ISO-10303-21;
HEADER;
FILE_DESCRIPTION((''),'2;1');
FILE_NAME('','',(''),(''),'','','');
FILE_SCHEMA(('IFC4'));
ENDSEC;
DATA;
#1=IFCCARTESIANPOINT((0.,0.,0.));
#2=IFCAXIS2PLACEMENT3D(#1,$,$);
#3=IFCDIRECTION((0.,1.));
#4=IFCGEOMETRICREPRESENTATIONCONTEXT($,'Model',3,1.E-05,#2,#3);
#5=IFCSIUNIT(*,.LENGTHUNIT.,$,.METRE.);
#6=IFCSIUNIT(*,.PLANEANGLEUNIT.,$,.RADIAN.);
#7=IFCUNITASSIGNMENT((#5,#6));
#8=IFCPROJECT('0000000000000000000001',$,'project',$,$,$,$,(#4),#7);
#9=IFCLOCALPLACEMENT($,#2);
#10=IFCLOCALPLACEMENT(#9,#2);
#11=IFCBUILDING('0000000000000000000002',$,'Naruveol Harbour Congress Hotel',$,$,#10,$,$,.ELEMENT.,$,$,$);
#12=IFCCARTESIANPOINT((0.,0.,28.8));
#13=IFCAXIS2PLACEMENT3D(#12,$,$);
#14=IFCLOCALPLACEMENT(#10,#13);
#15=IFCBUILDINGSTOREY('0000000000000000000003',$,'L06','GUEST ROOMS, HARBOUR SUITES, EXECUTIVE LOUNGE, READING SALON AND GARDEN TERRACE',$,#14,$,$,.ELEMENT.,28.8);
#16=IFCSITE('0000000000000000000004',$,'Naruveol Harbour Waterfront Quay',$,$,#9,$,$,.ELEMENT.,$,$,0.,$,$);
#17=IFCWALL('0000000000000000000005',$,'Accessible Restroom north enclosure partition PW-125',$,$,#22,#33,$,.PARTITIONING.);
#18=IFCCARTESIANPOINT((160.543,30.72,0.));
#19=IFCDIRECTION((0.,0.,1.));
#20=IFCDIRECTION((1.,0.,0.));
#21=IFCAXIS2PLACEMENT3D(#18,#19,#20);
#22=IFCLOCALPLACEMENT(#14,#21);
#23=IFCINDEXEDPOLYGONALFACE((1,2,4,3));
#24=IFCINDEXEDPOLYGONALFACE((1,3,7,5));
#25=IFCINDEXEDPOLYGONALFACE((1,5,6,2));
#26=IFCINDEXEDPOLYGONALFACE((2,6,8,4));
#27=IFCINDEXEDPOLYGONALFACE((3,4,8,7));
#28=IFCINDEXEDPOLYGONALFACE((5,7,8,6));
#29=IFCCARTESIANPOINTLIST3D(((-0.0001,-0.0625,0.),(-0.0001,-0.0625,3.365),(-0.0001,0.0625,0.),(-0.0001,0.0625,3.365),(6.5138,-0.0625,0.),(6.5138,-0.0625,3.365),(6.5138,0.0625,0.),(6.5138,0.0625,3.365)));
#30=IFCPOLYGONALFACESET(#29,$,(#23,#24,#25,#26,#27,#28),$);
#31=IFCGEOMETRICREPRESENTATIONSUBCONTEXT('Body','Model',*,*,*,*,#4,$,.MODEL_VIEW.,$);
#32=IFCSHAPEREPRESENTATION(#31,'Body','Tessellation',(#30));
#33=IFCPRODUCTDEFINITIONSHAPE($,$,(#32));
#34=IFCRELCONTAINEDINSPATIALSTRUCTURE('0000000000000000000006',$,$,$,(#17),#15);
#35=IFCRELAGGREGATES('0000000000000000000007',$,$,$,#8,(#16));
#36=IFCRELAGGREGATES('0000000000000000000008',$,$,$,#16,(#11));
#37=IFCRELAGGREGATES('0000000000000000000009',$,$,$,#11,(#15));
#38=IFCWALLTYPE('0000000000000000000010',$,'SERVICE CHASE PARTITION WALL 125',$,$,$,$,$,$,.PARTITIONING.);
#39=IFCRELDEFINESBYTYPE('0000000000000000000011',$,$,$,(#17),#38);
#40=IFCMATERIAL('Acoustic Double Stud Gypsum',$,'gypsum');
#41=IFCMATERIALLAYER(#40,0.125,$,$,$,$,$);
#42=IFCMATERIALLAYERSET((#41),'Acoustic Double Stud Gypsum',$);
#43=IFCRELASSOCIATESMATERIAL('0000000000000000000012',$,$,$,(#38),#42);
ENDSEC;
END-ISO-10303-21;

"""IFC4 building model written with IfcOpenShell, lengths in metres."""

from ifc_helpers import new_model, si_unit, direction, frame, frame_2d, origin, place, context, subcontext, project, spatial, rectangle, extrude, material, layer, layer_set, type_object, element, save


model = new_model("IFC4")

# Units and contexts
model_context = context("Model", 3, precision=1e-05, world=origin(), true_north=direction((0.0, 1.0)))
body_context = subcontext(model_context, "Body", "Model", "MODEL_VIEW")
ifc_project = project(units=[si_unit("LENGTHUNIT", "METRE"), si_unit("PLANEANGLEUNIT", "RADIAN")], contexts=[model_context])

# Site, building, storey
site_placement = place(None, origin())
site = spatial("IfcSite", under=ifc_project, at=site_placement, Name="Naruveol Harbour Waterfront Quay", CompositionType="ELEMENT", RefElevation=0.0)
building_placement = place(site_placement, origin())
building = spatial("IfcBuilding", under=site, at=building_placement, Name="Naruveol Harbour Congress Hotel", CompositionType="ELEMENT")
storey_placement = place(building_placement, frame((0.0, 0.0, 28.8)))
storey = spatial("IfcBuildingStorey", under=building, at=storey_placement, Name="L06", Description="GUEST ROOMS, HARBOUR SUITES, EXECUTIVE LOUNGE, READING SALON AND GARDEN TERRACE", CompositionType="ELEMENT", Elevation=28.8)

# Shared definitions
ifc_material_1 = material(Name="Acoustic Double Stud Gypsum", Category="gypsum")
ifc_layer_1 = layer(ifc_material_1, 0.125)
ifc_layer_set_1 = layer_set([ifc_layer_1], Name="Acoustic Double Stud Gypsum")
wall_type_1 = type_object("IfcWallType", Name="SERVICE CHASE PARTITION WALL 125", PredefinedType="PARTITIONING", material=ifc_layer_set_1)

# Wall
wall_1_placement = place(storey_placement, frame((160.543, 30.72, 0.0), z_axis=(0.0, 0.0, 1.0), x_axis=(1.0, 0.0, 0.0)))
element("IfcWall", 1, at=wall_1_placement, inside=storey, type_object=wall_type_1, Name="Accessible Restroom north enclosure partition PW-125", PredefinedType="PARTITIONING", context=body_context, shape_type="SweptSolid", body=[
    extrude(rectangle(XDim=6.5139, YDim=0.125, at=frame_2d((3.2568, 0.0))), origin(), (0.0, 0.0, 1.0), 3.365),
])

save(model, "model.ifc")
